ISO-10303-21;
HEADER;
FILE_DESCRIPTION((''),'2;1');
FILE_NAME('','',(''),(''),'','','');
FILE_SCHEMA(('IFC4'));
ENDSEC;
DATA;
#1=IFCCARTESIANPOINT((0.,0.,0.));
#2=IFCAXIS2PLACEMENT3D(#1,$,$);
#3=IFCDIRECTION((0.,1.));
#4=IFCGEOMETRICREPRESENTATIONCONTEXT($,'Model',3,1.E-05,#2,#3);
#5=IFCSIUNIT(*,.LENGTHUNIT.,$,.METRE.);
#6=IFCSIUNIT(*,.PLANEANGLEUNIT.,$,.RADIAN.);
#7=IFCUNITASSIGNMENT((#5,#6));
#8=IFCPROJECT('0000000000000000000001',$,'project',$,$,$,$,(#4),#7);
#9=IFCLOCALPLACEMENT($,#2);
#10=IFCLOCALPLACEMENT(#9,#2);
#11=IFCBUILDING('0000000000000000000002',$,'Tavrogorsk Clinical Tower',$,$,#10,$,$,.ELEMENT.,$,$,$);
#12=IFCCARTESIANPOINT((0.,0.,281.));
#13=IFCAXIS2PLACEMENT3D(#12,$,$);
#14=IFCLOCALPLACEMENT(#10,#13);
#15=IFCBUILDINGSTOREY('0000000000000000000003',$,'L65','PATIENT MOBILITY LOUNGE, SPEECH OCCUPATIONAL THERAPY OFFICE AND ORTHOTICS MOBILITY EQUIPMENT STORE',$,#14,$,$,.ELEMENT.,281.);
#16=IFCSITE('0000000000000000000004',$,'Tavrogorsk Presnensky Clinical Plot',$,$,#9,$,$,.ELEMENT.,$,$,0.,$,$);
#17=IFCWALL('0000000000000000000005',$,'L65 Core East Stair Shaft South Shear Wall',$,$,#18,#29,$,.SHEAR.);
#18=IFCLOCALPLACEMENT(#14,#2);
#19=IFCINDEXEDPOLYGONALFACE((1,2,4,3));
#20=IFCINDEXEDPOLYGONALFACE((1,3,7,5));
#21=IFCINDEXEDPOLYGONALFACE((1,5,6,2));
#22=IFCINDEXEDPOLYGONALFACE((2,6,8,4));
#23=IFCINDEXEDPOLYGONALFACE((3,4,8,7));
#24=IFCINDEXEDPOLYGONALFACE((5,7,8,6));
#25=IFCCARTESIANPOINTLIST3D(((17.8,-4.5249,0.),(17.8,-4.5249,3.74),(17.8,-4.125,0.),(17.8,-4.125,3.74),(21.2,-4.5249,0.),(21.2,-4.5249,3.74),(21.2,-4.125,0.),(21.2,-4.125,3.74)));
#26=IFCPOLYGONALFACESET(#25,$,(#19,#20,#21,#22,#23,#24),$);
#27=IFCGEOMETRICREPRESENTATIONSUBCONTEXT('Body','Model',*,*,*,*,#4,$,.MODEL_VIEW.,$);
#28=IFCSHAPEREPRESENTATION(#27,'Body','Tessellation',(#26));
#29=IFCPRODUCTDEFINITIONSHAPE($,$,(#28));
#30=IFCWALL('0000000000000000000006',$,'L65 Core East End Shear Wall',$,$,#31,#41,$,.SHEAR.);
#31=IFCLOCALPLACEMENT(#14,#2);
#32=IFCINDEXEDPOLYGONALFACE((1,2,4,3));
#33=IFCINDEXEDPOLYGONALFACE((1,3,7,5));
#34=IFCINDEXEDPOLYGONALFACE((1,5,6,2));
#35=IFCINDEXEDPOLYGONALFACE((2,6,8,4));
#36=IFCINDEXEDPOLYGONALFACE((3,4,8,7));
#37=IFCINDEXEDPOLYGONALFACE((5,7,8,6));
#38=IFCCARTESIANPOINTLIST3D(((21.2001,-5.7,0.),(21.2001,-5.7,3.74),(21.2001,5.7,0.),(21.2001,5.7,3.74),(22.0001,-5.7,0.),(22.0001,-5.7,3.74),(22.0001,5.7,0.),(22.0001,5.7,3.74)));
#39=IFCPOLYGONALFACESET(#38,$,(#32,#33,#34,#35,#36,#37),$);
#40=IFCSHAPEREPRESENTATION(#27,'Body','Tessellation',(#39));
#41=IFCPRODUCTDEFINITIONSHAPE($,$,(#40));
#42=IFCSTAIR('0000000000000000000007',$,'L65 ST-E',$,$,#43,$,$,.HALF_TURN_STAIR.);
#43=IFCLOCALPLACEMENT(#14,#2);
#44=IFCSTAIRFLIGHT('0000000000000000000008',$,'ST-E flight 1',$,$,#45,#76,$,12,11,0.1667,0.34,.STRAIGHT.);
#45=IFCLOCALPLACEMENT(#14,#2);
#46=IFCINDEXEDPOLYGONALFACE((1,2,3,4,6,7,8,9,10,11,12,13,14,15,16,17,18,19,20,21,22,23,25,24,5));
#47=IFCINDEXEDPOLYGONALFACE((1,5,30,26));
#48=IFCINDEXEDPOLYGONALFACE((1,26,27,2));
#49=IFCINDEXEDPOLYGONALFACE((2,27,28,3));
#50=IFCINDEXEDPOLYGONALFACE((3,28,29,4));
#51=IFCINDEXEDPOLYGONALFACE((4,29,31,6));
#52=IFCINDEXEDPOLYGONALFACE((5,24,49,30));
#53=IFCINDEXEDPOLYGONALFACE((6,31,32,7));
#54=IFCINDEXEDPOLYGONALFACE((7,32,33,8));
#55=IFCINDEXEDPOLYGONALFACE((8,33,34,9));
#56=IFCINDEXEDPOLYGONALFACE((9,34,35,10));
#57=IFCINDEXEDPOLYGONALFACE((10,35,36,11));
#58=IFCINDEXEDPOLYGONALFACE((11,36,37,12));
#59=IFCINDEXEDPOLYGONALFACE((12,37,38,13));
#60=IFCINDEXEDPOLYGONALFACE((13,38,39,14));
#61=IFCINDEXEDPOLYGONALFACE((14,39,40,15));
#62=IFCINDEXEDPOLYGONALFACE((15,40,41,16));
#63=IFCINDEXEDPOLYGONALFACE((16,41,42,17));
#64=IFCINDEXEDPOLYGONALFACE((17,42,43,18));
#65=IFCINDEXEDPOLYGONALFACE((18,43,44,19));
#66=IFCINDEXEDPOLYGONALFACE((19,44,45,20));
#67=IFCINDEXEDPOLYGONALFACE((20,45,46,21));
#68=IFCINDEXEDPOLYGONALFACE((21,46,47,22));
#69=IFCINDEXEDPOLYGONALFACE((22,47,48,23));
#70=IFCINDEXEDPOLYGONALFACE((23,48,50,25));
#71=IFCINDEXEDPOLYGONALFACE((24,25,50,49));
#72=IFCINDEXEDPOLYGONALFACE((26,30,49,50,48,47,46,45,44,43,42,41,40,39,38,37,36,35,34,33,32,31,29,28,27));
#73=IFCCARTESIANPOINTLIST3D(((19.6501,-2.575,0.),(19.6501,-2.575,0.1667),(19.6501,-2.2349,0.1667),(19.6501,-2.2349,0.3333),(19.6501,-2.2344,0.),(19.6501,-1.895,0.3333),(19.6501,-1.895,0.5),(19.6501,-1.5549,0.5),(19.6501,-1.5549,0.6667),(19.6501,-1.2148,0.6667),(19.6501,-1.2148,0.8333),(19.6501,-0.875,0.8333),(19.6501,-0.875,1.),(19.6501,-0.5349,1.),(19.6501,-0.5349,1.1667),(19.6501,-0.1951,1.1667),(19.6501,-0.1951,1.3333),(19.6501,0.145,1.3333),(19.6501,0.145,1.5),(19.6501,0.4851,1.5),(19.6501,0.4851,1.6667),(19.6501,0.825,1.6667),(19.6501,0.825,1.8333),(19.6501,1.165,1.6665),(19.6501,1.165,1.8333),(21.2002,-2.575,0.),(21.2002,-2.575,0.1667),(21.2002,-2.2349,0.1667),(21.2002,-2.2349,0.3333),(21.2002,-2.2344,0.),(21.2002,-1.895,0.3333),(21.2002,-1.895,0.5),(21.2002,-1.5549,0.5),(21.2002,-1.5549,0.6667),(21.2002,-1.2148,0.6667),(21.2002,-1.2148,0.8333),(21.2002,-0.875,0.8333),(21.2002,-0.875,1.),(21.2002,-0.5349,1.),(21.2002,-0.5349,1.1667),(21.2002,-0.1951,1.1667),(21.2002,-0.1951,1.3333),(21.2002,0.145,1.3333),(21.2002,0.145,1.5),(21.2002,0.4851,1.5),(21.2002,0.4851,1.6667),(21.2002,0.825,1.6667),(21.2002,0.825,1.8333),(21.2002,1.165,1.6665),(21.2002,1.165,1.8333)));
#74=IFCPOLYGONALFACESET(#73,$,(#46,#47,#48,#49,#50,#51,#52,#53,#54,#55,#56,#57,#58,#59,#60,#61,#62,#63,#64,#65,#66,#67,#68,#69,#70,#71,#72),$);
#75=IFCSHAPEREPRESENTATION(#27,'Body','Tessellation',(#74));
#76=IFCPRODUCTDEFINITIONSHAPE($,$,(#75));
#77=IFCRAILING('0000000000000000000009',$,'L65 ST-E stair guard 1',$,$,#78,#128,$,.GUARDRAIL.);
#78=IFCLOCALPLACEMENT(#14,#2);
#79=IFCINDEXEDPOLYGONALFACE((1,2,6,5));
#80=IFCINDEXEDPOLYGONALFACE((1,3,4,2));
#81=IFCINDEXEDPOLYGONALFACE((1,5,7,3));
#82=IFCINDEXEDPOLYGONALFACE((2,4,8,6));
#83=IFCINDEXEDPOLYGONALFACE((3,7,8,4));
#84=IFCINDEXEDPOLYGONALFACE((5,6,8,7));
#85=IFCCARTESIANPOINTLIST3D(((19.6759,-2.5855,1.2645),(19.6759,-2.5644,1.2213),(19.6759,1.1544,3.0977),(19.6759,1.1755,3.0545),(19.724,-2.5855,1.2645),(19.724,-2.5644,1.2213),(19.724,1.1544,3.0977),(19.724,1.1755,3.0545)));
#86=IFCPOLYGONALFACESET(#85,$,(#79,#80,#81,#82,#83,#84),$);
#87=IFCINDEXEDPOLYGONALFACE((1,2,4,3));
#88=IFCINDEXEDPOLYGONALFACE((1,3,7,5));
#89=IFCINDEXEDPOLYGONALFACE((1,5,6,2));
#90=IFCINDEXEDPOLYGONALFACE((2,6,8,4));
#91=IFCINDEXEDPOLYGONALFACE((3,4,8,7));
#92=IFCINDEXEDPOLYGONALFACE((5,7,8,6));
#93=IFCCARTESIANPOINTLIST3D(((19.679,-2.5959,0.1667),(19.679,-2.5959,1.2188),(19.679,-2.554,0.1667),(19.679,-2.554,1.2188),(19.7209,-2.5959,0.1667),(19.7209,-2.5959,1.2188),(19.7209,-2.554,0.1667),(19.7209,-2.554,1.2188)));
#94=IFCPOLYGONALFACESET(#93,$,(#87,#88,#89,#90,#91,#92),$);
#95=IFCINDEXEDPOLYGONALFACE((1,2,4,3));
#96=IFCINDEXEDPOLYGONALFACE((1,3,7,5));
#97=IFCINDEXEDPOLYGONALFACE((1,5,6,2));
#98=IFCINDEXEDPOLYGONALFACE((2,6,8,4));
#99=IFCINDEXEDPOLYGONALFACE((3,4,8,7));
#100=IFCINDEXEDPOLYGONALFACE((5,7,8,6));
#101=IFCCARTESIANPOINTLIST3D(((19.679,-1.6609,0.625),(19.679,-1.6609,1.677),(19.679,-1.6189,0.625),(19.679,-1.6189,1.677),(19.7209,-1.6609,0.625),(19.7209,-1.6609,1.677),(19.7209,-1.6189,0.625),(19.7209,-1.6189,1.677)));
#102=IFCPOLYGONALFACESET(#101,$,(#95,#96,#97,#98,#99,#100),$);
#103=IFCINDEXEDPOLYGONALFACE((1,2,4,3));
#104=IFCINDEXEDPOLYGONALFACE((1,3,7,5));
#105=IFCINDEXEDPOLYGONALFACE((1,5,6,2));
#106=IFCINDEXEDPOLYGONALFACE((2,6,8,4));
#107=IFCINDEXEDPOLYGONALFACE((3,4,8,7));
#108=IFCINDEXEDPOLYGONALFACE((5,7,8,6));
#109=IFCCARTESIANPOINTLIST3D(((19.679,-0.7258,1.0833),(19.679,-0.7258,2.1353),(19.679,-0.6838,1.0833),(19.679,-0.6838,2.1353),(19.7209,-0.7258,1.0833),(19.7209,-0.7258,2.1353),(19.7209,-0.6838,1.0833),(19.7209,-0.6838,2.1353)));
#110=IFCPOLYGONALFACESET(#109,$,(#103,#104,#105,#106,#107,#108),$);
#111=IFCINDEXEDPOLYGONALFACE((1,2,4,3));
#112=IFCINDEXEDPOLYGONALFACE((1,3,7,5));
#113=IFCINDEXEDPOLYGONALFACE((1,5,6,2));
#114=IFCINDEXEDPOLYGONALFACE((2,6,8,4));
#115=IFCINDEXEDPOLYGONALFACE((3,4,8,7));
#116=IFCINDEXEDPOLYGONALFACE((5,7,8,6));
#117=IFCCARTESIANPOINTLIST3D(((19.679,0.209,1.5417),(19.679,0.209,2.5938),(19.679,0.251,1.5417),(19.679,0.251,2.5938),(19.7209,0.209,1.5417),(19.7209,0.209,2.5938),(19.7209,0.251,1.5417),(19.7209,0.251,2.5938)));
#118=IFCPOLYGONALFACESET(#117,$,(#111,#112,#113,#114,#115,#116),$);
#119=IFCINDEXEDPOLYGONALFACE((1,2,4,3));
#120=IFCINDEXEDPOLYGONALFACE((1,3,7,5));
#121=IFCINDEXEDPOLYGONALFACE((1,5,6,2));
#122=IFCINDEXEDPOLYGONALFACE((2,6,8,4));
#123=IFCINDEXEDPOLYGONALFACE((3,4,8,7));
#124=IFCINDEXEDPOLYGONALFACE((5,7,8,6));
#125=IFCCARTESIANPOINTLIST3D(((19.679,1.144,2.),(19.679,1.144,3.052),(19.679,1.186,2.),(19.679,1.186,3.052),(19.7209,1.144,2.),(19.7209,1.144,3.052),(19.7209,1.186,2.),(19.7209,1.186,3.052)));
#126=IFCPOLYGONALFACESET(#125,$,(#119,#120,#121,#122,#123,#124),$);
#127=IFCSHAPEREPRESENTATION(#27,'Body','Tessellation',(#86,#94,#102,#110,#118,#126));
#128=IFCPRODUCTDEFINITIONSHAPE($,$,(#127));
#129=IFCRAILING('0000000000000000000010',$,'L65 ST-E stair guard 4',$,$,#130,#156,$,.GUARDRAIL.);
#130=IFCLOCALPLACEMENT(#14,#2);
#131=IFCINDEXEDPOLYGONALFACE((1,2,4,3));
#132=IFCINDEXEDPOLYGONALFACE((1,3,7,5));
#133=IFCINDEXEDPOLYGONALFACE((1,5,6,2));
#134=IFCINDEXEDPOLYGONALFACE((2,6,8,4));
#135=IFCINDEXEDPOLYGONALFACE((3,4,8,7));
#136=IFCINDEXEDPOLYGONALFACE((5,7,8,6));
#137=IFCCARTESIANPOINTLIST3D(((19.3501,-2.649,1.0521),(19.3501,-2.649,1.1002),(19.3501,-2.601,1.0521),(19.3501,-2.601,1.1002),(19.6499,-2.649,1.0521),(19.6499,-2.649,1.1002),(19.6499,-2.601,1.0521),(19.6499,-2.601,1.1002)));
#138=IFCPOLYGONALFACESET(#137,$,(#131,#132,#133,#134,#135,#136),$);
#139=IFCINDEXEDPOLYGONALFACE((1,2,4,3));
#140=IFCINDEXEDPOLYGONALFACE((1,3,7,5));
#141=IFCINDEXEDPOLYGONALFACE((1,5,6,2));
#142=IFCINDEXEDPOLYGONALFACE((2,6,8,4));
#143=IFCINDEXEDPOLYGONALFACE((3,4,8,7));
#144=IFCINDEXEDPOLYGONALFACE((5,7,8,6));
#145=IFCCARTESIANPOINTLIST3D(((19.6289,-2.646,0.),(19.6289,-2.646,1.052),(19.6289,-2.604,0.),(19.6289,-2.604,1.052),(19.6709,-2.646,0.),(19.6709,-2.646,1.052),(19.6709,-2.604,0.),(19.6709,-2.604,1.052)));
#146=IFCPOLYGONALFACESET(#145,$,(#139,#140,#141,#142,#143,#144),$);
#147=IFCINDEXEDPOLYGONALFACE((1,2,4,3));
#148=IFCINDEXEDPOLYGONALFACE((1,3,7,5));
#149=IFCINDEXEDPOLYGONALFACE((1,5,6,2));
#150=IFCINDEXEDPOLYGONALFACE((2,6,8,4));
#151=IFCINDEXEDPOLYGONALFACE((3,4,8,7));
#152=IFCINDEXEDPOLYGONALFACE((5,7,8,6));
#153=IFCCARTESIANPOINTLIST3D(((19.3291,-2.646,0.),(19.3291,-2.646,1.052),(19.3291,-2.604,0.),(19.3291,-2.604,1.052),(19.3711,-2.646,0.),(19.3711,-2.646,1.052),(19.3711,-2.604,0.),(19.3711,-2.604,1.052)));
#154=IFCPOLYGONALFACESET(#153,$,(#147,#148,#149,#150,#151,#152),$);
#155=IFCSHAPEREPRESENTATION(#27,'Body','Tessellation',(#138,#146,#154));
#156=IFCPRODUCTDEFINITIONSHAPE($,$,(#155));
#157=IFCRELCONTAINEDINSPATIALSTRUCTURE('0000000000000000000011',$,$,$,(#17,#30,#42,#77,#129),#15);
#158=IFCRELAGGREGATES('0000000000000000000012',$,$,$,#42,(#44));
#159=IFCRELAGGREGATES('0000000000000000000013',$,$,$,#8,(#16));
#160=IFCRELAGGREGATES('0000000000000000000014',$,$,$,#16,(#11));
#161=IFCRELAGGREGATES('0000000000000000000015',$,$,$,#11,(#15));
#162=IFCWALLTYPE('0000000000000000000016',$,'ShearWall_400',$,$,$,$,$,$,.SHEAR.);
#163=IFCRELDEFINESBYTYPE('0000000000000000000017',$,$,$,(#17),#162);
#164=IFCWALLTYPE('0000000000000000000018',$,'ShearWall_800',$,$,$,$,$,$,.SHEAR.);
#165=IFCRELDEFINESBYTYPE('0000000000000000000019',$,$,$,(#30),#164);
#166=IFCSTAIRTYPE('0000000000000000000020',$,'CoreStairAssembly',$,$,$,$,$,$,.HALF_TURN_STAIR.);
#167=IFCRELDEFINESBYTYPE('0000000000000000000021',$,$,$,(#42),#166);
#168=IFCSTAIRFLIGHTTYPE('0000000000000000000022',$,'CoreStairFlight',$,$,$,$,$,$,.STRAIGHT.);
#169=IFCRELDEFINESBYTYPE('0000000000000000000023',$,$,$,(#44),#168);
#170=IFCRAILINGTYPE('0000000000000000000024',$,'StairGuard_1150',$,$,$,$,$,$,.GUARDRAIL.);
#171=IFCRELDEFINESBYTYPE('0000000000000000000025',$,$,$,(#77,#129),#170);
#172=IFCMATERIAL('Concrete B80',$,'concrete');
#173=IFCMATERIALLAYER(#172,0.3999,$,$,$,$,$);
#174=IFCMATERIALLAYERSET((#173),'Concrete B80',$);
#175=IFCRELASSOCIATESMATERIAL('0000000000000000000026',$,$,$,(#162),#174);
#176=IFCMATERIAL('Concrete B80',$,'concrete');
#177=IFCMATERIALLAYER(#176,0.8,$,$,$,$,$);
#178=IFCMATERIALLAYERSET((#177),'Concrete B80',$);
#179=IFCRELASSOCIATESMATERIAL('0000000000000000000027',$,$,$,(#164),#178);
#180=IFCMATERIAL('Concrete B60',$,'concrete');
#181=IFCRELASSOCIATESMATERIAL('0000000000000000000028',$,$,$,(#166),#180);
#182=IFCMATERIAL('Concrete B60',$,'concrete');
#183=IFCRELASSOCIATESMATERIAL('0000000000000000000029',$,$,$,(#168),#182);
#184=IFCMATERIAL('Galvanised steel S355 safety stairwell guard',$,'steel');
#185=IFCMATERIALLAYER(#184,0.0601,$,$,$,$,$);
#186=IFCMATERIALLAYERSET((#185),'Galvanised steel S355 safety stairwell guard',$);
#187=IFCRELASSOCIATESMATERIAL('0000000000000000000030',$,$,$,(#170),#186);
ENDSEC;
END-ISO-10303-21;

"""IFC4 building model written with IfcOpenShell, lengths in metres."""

from ifc_helpers import new_model, si_unit, direction, frame, frame_2d, origin, origin_2d, place, context, subcontext, project, spatial, polyline, rectangle, outline, extrude, material, layer, layer_set, type_object, element, aggregate, save


model = new_model("IFC4")

# Units and contexts
model_context = context("Model", 3, precision=1e-05, world=origin(), true_north=direction((0.0, 1.0)))
body_context = subcontext(model_context, "Body", "Model", "MODEL_VIEW")
ifc_project = project(units=[si_unit("LENGTHUNIT", "METRE"), si_unit("PLANEANGLEUNIT", "RADIAN")], contexts=[model_context])

# Site, building, storey
site_placement = place(None, origin())
site = spatial("IfcSite", under=ifc_project, at=site_placement, Name="Tavrogorsk Presnensky Clinical Plot", CompositionType="ELEMENT", RefElevation=0.0)
building_placement = place(site_placement, origin())
building = spatial("IfcBuilding", under=site, at=building_placement, Name="Tavrogorsk Clinical Tower", CompositionType="ELEMENT")
storey_placement = place(building_placement, frame((0.0, 0.0, 281.0)))
storey = spatial("IfcBuildingStorey", under=building, at=storey_placement, Name="L65", Description="PATIENT MOBILITY LOUNGE, SPEECH OCCUPATIONAL THERAPY OFFICE AND ORTHOTICS MOBILITY EQUIPMENT STORE", CompositionType="ELEMENT", Elevation=281.0)

# Shared definitions
ifc_material_1 = material(Name="Concrete B80", Category="concrete")
ifc_layer_1 = layer(ifc_material_1, 0.3999)
ifc_layer_set_1 = layer_set([ifc_layer_1], Name="Concrete B80")
wall_type_1 = type_object("IfcWallType", Name="ShearWall_400", PredefinedType="SHEAR", material=ifc_layer_set_1)

# Walls
wall_1_placement = place(storey_placement, frame((17.8, -4.325, 0.0), z_axis=(0.0, 0.0, 1.0), x_axis=(1.0, 0.0, 0.0)))
element("IfcWall", 1, at=wall_1_placement, inside=storey, type_object=wall_type_1, Name="L65 Core East Stair Shaft South Shear Wall", PredefinedType="SHEAR", context=body_context, shape_type="SweptSolid", body=[
    extrude(rectangle(XDim=3.3999, YDim=0.3999, at=frame_2d((1.7, 0.0))), origin(), (0.0, 0.0, 1.0), 3.74),
])
ifc_material_2 = material(Name="Concrete B80", Category="concrete")
ifc_layer_2 = layer(ifc_material_2, 0.8)
ifc_layer_set_2 = layer_set([ifc_layer_2], Name="Concrete B80")
wall_type_2 = type_object("IfcWallType", Name="ShearWall_800", PredefinedType="SHEAR", material=ifc_layer_set_2)
wall_2_placement = place(storey_placement, frame((21.6001, -5.7, 0.0), z_axis=(0.0, 0.0, 1.0), x_axis=(0.0, 1.0, 0.0)))
element("IfcWall", 2, at=wall_2_placement, inside=storey, type_object=wall_type_2, Name="L65 Core East End Shear Wall", PredefinedType="SHEAR", context=body_context, shape_type="SweptSolid", body=[
    extrude(rectangle(XDim=11.3999, YDim=0.8, at=frame_2d((5.7, 0.0))), origin(), (0.0, 0.0, 1.0), 3.74),
])

# Stair, stair flight
ifc_material_3 = material(Name="Concrete B60", Category="concrete")
stair_type = type_object("IfcStairType", Name="CoreStairAssembly", PredefinedType="HALF_TURN_STAIR", material=ifc_material_3)
stair_placement = place(storey_placement, origin())
stair = element("IfcStair", 3, at=stair_placement, inside=storey, type_object=stair_type, Name="L65 ST-E", PredefinedType="HALF_TURN_STAIR")
ifc_material_4 = material(Name="Concrete B60", Category="concrete")
stair_flight_type = type_object("IfcStairFlightType", Name="CoreStairFlight", PredefinedType="STRAIGHT", material=ifc_material_4)
stair_flight_placement = place(storey_placement, frame((20.425, -2.575, 0.0), z_axis=(0.0, 0.0, 1.0), x_axis=(0.0, 1.0, 0.0)))
stair_flight = element("IfcStairFlight", 4, at=stair_flight_placement, type_object=stair_flight_type, Name="ST-E flight 1", NumberOfRisers=12, NumberOfTreads=11, PredefinedType="STRAIGHT", RiserHeight=0.1667, TreadLength=0.34, context=body_context, shape_type="SweptSolid", body=[
    extrude(outline(polyline([(0.0, 0.0), (0.0, 0.1667), (0.3401, 0.1667), (0.3401, 0.3333), (0.6799, 0.3333), (0.6799, 0.5), (1.02, 0.5), (1.02, 0.6667), (1.3601, 0.6667), (1.3601, 0.8333), (1.7, 0.8333), (1.7, 1.0), (2.04, 1.0), (2.04, 1.1667), (2.3799, 1.1667), (2.3799, 1.3333), (2.72, 1.3333), (2.72, 1.5), (3.0601, 1.5), (3.0601, 1.6667), (3.3999, 1.6667), (3.3999, 1.8333), (3.74, 1.8333), (3.74, 2.0), (3.74, 1.6665), (0.3406, 0.0), (0.0, 0.0)])), frame((0.0, 0.7749, 0.0), z_axis=(0.0, -1.0, 0.0), x_axis=(1.0, 0.0, 0.0)), (0.0, 0.0, 1.0), 1.55),
])
aggregate(stair, [stair_flight])

# Railings
ifc_material_5 = material(Name="Galvanised steel S355 safety stairwell guard", Category="steel")
ifc_layer_3 = layer(ifc_material_5, 0.0601)
ifc_layer_set_3 = layer_set([ifc_layer_3], Name="Galvanised steel S355 safety stairwell guard")
railing_type = type_object("IfcRailingType", Name="StairGuard_1150", PredefinedType="GUARDRAIL", material=ifc_layer_set_3)
railing_1_placement = place(storey_placement, frame((19.7, -2.575, 0.1667)))
element("IfcRailing", 5, at=railing_1_placement, inside=storey, type_object=railing_type, Name="L65 ST-E stair guard 1", PredefinedType="GUARDRAIL", context=body_context, shape_type="SweptSolid", body=[
    extrude(rectangle(XDim=0.0481, YDim=0.0481, at=origin_2d()), frame((0.0, 0.0, 1.0762), z_axis=(0.0, 0.897928, 0.440142), x_axis=(-1.0, 0.0, 0.0)), (0.0, 0.0, 1.0), 4.165),
    extrude(rectangle(XDim=0.042, YDim=0.042, at=origin_2d()), origin(), (0.0, 0.0, 1.0), 1.052),
    extrude(rectangle(XDim=0.042, YDim=0.042, at=origin_2d()), frame((0.0, 0.9351, 0.4583)), (0.0, 0.0, 1.0), 1.052),
    extrude(rectangle(XDim=0.042, YDim=0.042, at=origin_2d()), frame((0.0, 1.8701, 0.9165)), (0.0, 0.0, 1.0), 1.052),
    extrude(rectangle(XDim=0.042, YDim=0.042, at=origin_2d()), frame((0.0, 2.8049, 1.375)), (0.0, 0.0, 1.0), 1.052),
    extrude(rectangle(XDim=0.042, YDim=0.042, at=origin_2d()), frame((0.0, 3.74, 1.8333)), (0.0, 0.0, 1.0), 1.052),
])
railing_2_placement = place(storey_placement, frame((19.6499, -2.625, 0.0)))
element("IfcRailing", 6, at=railing_2_placement, inside=storey, type_object=railing_type, Name="L65 ST-E stair guard 4", PredefinedType="GUARDRAIL", context=body_context, shape_type="SweptSolid", body=[
    extrude(rectangle(XDim=0.0481, YDim=0.0481, at=origin_2d()), frame((0.0, 0.0, 1.0762), z_axis=(-1.0, 0.0, 0.0), x_axis=(0.0, -1.0, 0.0)), (0.0, 0.0, 1.0), 0.2998),
    extrude(rectangle(XDim=0.042, YDim=0.042, at=origin_2d()), origin(), (0.0, 0.0, 1.0), 1.052),
    extrude(rectangle(XDim=0.042, YDim=0.042, at=origin_2d()), frame((-0.2998, 0.0, 0.0)), (0.0, 0.0, 1.0), 1.052),
])

save(model, "model.ifc")
